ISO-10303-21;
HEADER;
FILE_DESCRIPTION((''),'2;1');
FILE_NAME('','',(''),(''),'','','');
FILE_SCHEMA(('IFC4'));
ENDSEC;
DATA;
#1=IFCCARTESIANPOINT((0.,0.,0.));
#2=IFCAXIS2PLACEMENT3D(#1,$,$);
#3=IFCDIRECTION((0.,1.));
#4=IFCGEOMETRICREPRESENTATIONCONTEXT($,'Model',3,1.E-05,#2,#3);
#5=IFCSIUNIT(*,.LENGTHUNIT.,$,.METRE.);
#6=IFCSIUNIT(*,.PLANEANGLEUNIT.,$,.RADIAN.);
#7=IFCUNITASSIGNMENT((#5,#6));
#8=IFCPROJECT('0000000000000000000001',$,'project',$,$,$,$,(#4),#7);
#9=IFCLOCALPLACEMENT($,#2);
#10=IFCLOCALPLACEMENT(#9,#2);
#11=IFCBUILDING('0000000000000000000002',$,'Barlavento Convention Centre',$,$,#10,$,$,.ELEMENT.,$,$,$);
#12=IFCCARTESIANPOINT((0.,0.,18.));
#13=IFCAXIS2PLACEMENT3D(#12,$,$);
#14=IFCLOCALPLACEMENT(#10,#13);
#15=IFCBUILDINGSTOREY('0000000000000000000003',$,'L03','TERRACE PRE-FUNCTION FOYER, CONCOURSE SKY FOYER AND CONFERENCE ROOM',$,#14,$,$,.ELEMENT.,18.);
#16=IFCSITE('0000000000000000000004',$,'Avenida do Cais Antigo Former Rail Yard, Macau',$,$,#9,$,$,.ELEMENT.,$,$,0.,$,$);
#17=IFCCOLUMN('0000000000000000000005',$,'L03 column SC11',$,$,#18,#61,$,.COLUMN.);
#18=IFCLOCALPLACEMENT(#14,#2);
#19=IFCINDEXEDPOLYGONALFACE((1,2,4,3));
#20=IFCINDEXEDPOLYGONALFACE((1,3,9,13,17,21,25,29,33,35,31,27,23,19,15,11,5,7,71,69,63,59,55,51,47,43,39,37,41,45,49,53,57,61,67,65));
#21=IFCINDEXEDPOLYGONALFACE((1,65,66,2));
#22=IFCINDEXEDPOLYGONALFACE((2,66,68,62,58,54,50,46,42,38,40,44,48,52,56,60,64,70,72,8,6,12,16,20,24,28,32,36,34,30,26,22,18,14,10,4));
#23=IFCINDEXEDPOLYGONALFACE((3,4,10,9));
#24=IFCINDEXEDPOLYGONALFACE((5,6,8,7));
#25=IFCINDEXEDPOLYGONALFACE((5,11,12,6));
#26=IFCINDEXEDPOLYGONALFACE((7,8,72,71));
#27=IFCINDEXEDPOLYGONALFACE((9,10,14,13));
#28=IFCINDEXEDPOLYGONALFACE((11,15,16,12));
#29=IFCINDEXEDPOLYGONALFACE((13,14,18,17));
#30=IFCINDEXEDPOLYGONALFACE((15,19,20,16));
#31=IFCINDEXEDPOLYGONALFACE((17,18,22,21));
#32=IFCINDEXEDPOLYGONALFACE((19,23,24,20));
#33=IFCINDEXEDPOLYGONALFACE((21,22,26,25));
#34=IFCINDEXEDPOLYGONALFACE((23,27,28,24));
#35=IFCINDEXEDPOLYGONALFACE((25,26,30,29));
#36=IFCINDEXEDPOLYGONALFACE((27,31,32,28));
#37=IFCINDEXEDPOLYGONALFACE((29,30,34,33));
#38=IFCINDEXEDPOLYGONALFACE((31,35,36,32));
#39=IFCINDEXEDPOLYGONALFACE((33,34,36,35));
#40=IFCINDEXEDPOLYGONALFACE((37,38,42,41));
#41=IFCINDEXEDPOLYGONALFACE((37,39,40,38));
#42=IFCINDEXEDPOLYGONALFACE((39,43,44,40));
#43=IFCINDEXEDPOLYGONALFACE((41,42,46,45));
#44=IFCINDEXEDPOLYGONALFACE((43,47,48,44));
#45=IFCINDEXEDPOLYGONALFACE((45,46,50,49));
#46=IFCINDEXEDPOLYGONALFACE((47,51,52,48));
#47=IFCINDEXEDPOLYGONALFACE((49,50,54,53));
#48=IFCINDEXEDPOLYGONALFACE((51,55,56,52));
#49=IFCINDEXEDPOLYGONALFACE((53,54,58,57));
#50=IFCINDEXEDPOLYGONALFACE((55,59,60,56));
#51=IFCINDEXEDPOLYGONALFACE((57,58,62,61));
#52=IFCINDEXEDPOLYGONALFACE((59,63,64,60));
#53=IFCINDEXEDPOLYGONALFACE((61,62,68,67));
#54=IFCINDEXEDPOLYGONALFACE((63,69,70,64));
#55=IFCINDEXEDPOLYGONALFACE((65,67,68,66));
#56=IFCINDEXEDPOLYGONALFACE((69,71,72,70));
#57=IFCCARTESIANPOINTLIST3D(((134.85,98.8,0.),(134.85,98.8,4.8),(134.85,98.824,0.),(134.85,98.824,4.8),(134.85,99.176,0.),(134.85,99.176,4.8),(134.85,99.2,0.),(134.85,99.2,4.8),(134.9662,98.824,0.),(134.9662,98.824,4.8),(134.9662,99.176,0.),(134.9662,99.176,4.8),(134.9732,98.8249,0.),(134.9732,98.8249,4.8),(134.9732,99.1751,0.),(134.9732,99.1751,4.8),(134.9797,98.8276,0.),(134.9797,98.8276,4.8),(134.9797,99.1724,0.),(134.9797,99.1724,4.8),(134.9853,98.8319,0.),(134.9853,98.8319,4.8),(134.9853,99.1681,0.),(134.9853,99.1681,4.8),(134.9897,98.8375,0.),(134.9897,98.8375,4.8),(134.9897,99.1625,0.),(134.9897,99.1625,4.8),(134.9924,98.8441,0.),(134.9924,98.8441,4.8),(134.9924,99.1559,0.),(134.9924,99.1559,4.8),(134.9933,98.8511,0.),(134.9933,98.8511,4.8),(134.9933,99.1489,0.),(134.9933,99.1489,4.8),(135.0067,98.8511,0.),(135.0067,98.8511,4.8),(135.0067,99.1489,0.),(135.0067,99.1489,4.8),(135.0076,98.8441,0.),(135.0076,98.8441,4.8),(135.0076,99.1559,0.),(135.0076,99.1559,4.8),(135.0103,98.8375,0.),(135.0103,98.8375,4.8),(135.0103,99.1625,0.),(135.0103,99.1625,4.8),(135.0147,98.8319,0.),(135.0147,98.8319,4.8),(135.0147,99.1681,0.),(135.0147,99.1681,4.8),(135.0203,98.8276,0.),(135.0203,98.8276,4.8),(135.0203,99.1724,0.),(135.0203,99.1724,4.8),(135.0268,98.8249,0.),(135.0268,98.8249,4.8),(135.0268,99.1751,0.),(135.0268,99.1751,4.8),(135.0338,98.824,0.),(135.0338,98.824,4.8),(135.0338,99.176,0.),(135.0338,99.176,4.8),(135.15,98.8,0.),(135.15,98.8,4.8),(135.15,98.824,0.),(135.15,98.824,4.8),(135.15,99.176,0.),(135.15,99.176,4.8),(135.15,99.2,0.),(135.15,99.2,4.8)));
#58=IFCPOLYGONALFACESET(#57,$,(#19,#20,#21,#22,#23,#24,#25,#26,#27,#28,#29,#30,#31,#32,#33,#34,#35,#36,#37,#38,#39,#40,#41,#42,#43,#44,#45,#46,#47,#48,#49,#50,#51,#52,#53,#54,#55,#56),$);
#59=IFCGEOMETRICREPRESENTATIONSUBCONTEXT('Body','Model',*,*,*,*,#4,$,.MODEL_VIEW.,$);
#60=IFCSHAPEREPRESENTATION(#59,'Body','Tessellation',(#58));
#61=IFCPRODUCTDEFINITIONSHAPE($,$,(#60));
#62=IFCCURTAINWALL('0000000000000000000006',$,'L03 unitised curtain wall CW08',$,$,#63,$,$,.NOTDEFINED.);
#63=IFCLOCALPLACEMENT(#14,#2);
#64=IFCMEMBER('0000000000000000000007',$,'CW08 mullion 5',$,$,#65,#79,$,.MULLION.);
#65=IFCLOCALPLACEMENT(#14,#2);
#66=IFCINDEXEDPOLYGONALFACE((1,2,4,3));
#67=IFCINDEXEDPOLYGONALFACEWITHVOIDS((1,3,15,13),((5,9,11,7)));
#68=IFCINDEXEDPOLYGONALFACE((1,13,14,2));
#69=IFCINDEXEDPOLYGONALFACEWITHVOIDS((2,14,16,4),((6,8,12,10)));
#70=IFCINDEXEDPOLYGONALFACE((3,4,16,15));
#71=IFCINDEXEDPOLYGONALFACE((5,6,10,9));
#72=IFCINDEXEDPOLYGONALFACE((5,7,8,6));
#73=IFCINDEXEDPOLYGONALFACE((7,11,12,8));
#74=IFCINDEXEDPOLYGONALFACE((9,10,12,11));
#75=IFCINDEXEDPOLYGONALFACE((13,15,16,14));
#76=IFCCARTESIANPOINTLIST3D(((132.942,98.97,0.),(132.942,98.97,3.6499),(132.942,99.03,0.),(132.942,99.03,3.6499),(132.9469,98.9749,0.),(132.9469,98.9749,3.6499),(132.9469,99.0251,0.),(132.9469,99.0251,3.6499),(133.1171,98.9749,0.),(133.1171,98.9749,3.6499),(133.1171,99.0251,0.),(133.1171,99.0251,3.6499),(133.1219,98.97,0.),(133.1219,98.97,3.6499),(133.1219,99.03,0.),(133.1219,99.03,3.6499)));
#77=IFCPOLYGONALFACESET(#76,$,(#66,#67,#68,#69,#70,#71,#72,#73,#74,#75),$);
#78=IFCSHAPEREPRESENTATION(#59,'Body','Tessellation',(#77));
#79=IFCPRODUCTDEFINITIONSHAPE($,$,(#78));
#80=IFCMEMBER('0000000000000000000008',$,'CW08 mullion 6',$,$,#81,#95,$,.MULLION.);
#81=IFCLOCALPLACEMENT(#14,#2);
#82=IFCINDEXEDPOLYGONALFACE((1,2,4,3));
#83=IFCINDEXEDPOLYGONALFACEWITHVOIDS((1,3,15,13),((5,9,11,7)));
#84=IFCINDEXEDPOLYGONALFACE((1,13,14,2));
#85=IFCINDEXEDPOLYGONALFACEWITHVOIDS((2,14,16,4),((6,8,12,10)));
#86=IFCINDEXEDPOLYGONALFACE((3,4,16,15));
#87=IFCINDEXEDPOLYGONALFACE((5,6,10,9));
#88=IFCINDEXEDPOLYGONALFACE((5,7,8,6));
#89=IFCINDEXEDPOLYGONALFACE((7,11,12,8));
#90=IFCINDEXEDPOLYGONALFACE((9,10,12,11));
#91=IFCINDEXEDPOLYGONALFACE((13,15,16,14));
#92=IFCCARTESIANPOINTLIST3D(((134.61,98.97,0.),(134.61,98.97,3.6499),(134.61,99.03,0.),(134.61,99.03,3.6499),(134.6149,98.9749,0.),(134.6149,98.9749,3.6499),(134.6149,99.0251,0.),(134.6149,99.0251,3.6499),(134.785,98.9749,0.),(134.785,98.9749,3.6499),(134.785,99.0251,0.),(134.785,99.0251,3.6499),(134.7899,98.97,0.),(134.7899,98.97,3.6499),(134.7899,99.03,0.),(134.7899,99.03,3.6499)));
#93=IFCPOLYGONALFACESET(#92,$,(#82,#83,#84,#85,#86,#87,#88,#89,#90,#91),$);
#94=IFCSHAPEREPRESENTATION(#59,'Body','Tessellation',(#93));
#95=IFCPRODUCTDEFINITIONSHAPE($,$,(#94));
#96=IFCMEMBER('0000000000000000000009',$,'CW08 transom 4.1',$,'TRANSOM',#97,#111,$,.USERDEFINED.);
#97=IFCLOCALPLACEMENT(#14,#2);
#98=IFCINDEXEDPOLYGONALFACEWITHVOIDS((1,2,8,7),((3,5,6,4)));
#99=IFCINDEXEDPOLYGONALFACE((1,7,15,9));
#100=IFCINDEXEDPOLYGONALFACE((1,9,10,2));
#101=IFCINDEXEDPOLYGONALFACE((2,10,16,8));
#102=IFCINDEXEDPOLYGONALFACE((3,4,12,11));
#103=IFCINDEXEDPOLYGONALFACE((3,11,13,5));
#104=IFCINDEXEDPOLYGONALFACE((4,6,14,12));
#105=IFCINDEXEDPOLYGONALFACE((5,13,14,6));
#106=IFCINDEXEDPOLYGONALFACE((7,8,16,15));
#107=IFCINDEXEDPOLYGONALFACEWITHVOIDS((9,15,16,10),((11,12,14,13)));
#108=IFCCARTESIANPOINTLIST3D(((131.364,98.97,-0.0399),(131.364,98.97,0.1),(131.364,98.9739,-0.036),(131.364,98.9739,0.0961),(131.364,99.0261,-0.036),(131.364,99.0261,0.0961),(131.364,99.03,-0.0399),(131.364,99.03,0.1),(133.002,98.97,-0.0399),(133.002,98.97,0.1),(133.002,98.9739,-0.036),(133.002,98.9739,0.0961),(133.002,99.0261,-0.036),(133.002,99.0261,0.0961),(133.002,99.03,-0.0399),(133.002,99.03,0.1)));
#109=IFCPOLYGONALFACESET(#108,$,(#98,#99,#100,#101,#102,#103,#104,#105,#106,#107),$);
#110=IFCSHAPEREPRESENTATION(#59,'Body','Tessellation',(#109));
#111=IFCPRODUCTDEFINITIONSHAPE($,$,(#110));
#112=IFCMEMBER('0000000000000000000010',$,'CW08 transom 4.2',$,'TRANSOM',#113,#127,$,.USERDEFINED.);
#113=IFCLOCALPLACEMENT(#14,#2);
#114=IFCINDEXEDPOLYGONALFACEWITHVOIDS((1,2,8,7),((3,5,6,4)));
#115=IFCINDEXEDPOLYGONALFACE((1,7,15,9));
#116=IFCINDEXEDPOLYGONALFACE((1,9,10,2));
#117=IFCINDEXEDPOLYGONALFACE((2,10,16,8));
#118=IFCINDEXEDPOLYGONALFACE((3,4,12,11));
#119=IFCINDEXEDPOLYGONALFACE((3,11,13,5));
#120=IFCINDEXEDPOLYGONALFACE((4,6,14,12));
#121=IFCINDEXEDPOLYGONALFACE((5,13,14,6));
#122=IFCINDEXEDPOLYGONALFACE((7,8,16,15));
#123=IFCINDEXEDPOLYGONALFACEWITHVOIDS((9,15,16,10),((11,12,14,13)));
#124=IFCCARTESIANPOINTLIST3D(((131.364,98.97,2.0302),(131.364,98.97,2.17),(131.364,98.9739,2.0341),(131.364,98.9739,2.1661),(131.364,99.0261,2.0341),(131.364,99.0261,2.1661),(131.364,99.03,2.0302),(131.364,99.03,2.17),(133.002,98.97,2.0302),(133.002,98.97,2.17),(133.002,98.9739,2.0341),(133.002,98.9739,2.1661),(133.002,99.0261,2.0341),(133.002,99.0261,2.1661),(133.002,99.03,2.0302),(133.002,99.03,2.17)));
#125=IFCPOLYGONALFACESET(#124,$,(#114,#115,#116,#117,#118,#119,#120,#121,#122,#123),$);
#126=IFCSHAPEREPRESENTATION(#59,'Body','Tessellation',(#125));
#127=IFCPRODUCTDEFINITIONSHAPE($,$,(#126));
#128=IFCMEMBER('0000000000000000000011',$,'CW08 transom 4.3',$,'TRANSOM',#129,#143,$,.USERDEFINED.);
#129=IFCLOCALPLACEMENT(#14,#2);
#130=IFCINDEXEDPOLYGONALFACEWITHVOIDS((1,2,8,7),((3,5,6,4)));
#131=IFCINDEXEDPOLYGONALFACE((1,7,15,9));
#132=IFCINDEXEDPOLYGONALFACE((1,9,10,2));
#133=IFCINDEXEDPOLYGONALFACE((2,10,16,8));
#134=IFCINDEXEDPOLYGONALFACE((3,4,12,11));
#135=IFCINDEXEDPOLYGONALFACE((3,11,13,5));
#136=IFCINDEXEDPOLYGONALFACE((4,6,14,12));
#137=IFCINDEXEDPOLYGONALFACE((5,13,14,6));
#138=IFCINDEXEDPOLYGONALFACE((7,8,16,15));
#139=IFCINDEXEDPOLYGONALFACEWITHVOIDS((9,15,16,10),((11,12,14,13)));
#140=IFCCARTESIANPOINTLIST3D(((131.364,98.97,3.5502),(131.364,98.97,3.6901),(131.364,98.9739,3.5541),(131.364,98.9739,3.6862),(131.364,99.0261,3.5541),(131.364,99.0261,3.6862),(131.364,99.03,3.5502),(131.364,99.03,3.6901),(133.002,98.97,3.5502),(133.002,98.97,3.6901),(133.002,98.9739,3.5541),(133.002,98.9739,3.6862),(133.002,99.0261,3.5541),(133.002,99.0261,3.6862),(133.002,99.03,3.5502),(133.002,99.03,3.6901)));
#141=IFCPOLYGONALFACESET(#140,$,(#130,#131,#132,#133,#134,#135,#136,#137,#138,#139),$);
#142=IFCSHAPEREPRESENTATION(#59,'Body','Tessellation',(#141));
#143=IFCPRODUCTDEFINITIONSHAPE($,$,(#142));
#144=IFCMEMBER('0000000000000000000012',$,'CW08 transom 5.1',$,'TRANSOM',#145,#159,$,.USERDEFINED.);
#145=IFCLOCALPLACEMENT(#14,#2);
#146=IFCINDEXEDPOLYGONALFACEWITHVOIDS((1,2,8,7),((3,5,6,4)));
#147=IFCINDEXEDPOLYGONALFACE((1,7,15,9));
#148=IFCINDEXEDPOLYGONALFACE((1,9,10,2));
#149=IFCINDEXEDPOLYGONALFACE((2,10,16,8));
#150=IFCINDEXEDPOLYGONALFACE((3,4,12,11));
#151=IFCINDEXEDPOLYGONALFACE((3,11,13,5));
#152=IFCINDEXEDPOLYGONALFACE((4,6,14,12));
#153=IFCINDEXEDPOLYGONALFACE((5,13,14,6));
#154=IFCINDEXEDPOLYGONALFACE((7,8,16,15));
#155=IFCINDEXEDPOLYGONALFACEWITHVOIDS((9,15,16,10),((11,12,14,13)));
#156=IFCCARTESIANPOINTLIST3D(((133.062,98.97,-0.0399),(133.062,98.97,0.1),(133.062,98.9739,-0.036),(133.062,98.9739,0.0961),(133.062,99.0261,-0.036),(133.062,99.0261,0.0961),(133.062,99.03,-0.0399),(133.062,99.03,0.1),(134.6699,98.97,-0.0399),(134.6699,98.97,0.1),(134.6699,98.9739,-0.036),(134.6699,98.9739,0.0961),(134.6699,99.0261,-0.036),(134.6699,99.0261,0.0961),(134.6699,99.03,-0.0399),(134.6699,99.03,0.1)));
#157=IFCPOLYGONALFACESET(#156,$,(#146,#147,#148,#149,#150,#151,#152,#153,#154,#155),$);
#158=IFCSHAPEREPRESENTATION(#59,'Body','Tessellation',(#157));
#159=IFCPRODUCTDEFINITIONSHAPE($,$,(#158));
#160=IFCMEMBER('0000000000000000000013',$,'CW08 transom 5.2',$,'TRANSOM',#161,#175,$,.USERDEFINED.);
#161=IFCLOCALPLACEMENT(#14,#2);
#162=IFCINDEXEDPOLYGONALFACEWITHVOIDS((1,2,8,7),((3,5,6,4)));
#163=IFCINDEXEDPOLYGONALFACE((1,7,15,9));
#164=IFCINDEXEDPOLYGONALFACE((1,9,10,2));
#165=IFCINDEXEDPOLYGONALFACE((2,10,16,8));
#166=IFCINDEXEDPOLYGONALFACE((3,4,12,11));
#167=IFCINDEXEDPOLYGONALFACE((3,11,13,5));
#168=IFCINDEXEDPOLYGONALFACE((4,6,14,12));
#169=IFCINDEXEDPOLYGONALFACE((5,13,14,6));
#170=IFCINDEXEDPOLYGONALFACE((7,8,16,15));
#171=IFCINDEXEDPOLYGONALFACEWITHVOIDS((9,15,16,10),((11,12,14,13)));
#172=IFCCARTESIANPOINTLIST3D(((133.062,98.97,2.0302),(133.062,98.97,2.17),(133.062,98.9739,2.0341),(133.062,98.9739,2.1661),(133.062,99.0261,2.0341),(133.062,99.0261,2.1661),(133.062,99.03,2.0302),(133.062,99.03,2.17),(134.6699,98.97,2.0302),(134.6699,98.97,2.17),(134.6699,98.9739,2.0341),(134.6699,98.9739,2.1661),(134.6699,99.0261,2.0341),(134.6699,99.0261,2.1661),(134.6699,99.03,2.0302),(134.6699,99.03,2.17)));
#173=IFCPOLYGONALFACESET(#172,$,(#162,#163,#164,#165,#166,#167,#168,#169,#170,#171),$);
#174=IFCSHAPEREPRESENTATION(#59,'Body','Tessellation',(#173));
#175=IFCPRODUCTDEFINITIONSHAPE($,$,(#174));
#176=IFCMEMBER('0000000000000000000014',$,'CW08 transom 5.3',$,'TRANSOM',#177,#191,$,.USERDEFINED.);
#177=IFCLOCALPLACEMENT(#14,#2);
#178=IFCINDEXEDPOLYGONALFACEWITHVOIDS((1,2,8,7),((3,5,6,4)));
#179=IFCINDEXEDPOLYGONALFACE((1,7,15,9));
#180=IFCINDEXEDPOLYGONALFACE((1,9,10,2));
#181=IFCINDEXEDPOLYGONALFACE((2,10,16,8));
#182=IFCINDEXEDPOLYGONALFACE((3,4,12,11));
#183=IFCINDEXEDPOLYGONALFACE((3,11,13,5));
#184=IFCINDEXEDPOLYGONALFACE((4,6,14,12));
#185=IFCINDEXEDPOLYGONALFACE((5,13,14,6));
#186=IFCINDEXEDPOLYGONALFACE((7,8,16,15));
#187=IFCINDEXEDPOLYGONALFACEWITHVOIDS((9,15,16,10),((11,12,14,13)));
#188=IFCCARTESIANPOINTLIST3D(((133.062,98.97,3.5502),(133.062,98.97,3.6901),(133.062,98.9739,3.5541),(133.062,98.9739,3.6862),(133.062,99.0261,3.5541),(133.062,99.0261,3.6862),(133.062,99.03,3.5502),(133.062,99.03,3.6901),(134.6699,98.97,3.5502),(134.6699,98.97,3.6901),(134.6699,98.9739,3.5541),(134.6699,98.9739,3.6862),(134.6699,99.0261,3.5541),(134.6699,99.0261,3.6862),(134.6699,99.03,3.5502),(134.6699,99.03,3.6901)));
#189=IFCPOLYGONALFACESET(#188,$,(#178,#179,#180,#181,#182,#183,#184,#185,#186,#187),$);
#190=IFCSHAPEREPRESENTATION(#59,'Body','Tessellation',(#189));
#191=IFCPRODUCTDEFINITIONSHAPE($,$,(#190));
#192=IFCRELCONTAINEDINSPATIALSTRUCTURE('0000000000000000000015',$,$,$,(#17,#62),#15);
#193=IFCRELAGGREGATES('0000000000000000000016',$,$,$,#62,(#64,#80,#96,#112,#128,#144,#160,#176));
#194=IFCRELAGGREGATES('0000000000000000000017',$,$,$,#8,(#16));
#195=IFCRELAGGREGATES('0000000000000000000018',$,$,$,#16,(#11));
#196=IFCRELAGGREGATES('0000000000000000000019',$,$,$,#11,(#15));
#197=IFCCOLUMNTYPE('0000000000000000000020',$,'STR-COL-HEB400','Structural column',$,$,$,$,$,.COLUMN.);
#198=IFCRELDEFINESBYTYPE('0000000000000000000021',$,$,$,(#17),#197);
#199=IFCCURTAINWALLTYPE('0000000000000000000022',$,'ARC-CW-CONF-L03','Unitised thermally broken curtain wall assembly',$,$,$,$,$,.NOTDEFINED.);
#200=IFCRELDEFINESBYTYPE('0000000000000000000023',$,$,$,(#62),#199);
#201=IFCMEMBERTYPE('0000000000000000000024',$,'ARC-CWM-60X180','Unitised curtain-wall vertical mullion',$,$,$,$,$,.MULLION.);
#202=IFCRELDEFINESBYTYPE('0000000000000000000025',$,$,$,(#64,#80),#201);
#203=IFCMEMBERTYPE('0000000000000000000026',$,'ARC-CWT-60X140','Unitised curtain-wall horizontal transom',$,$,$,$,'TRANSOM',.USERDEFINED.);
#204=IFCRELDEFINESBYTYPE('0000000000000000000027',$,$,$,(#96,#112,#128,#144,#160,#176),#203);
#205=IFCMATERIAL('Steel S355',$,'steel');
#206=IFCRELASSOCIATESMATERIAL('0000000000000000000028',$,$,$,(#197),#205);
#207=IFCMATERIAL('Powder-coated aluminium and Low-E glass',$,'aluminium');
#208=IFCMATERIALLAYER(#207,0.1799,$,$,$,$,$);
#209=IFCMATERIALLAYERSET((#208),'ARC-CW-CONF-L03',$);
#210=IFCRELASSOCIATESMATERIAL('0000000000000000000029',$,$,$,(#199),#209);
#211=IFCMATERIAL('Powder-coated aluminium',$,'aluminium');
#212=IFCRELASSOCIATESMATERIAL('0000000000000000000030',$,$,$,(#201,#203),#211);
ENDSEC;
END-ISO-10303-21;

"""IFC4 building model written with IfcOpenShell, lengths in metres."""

from ifc_helpers import new_model, si_unit, direction, frame, origin, origin_2d, place, context, subcontext, project, spatial, hollow_rectangle, i_section, extrude, material, layer, layer_set, material_profile, profile_set, type_object, element, aggregate, save


model = new_model("IFC4")

# Units and contexts
model_context = context("Model", 3, precision=1e-05, world=origin(), true_north=direction((0.0, 1.0)))
body_context = subcontext(model_context, "Body", "Model", "MODEL_VIEW")
ifc_project = project(units=[si_unit("LENGTHUNIT", "METRE"), si_unit("PLANEANGLEUNIT", "RADIAN")], contexts=[model_context])

# Site, building, storey
site_placement = place(None, origin())
site = spatial("IfcSite", under=ifc_project, at=site_placement, Name="Avenida do Cais Antigo Former Rail Yard, Macau", CompositionType="ELEMENT", RefElevation=0.0)
building_placement = place(site_placement, origin())
building = spatial("IfcBuilding", under=site, at=building_placement, Name="Barlavento Convention Centre", CompositionType="ELEMENT")
storey_placement = place(building_placement, frame((0.0, 0.0, 18.0)))
storey = spatial("IfcBuildingStorey", under=building, at=storey_placement, Name="L03", Description="TERRACE PRE-FUNCTION FOYER, CONCOURSE SKY FOYER AND CONFERENCE ROOM", CompositionType="ELEMENT", Elevation=18.0)

# Column
ifc_material_1 = material(Name="Steel S355", Category="steel")
ifc_material_profile_1 = material_profile(ifc_material_1, i_section(OverallWidth=0.3, OverallDepth=0.3999, WebThickness=0.0134, FlangeThickness=0.0239, FilletRadius=0.0271, at=origin_2d()), Name="HEB 400")
ifc_profile_set_1 = profile_set([ifc_material_profile_1], Name="Steel S355")
column_type = type_object("IfcColumnType", Name="STR-COL-HEB400", Description="Structural column", PredefinedType="COLUMN", material=ifc_profile_set_1)
column_placement = place(storey_placement, frame((135.0, 99.0, 0.0), z_axis=(0.0, 0.0, 1.0), x_axis=(1.0, 0.0, 0.0)))
element("IfcColumn", 1, at=column_placement, inside=storey, type_object=column_type, Name="L03 column SC11", PredefinedType="COLUMN", context=body_context, shape_type="SweptSolid", body=[
    extrude(i_section(OverallWidth=0.3, OverallDepth=0.3999, WebThickness=0.0134, FlangeThickness=0.0239, FilletRadius=0.0271, at=origin_2d()), origin(), (0.0, 0.0, 1.0), 4.8),
])

# Curtain wall, members
ifc_material_2 = material(Name="Powder-coated aluminium and Low-E glass", Category="aluminium")
ifc_layer_1 = layer(ifc_material_2, 0.1799)
ifc_layer_set_1 = layer_set([ifc_layer_1], Name="ARC-CW-CONF-L03")
curtain_wall_type = type_object("IfcCurtainWallType", Name="ARC-CW-CONF-L03", Description="Unitised thermally broken curtain wall assembly", PredefinedType="NOTDEFINED", material=ifc_layer_set_1)
curtain_wall_placement = place(storey_placement, origin())
curtain_wall = element("IfcCurtainWall", 2, at=curtain_wall_placement, inside=storey, type_object=curtain_wall_type, Name="L03 unitised curtain wall CW08", PredefinedType="NOTDEFINED")
ifc_material_3 = material(Name="Powder-coated aluminium", Category="aluminium")
ifc_material_profile_2 = material_profile(ifc_material_3, hollow_rectangle(XDim=0.0601, YDim=0.1799, WallThickness=0.0049, at=origin_2d()), Name="AL-MULL 60x180x5")
ifc_profile_set_2 = profile_set([ifc_material_profile_2], Name="Powder-coated aluminium")
member_type_1 = type_object("IfcMemberType", Name="ARC-CWM-60X180", Description="Unitised curtain-wall vertical mullion", PredefinedType="MULLION", material=ifc_profile_set_2)
member_1_placement = place(storey_placement, frame((133.032, 99.0, 0.0), z_axis=(0.0, 0.0, 1.0), x_axis=(0.0, 1.0, 0.0)))
member_1 = element("IfcMember", 3, at=member_1_placement, type_object=member_type_1, Name="CW08 mullion 5", PredefinedType="MULLION", context=body_context, shape_type="SweptSolid", body=[
    extrude(hollow_rectangle(XDim=0.0601, YDim=0.1799, WallThickness=0.0049, at=origin_2d()), origin(), (0.0, 0.0, 1.0), 3.6499),
])
member_2_placement = place(storey_placement, frame((134.7, 99.0, 0.0), z_axis=(0.0, 0.0, 1.0), x_axis=(0.0, 1.0, 0.0)))
member_2 = element("IfcMember", 4, at=member_2_placement, type_object=member_type_1, Name="CW08 mullion 6", PredefinedType="MULLION", context=body_context, shape_type="SweptSolid", body=[
    extrude(hollow_rectangle(XDim=0.0601, YDim=0.1799, WallThickness=0.0049, at=origin_2d()), origin(), (0.0, 0.0, 1.0), 3.6499),
])
ifc_material_profile_3 = material_profile(ifc_material_3, hollow_rectangle(XDim=0.0601, YDim=0.1399, WallThickness=0.0039, at=origin_2d()), Name="AL-TRAN 60x140x4")
ifc_profile_set_3 = profile_set([ifc_material_profile_3], Name="Powder-coated aluminium")
member_type_2 = type_object("IfcMemberType", Name="ARC-CWT-60X140", Description="Unitised curtain-wall horizontal transom", ElementType="TRANSOM", PredefinedType="USERDEFINED", material=ifc_profile_set_3)
member_3_placement = place(storey_placement, frame((131.364, 99.0, 0.03), z_axis=(1.0, 0.0, 0.0), x_axis=(0.0, 1.0, 0.0)))
member_3 = element("IfcMember", 5, at=member_3_placement, type_object=member_type_2, Name="CW08 transom 4.1", ObjectType="TRANSOM", PredefinedType="USERDEFINED", context=body_context, shape_type="SweptSolid", body=[
    extrude(hollow_rectangle(XDim=0.0601, YDim=0.1399, WallThickness=0.0039, at=origin_2d()), origin(), (0.0, 0.0, 1.0), 1.6379),
])
member_4_placement = place(storey_placement, frame((131.364, 99.0, 2.1001), z_axis=(1.0, 0.0, 0.0), x_axis=(0.0, 1.0, 0.0)))
member_4 = element("IfcMember", 6, at=member_4_placement, type_object=member_type_2, Name="CW08 transom 4.2", ObjectType="TRANSOM", PredefinedType="USERDEFINED", context=body_context, shape_type="SweptSolid", body=[
    extrude(hollow_rectangle(XDim=0.0601, YDim=0.1399, WallThickness=0.0039, at=origin_2d()), origin(), (0.0, 0.0, 1.0), 1.6379),
])
member_5_placement = place(storey_placement, frame((131.364, 99.0, 3.6201), z_axis=(1.0, 0.0, 0.0), x_axis=(0.0, 1.0, 0.0)))
member_5 = element("IfcMember", 7, at=member_5_placement, type_object=member_type_2, Name="CW08 transom 4.3", ObjectType="TRANSOM", PredefinedType="USERDEFINED", context=body_context, shape_type="SweptSolid", body=[
    extrude(hollow_rectangle(XDim=0.0601, YDim=0.1399, WallThickness=0.0039, at=origin_2d()), origin(), (0.0, 0.0, 1.0), 1.6379),
])
member_6_placement = place(storey_placement, frame((133.062, 99.0, 0.03), z_axis=(1.0, 0.0, 0.0), x_axis=(0.0, 1.0, 0.0)))
member_6 = element("IfcMember", 8, at=member_6_placement, type_object=member_type_2, Name="CW08 transom 5.1", ObjectType="TRANSOM", PredefinedType="USERDEFINED", context=body_context, shape_type="SweptSolid", body=[
    extrude(hollow_rectangle(XDim=0.0601, YDim=0.1399, WallThickness=0.0039, at=origin_2d()), origin(), (0.0, 0.0, 1.0), 1.6079),
])
member_7_placement = place(storey_placement, frame((133.062, 99.0, 2.1001), z_axis=(1.0, 0.0, 0.0), x_axis=(0.0, 1.0, 0.0)))
member_7 = element("IfcMember", 9, at=member_7_placement, type_object=member_type_2, Name="CW08 transom 5.2", ObjectType="TRANSOM", PredefinedType="USERDEFINED", context=body_context, shape_type="SweptSolid", body=[
    extrude(hollow_rectangle(XDim=0.0601, YDim=0.1399, WallThickness=0.0039, at=origin_2d()), origin(), (0.0, 0.0, 1.0), 1.6079),
])
member_8_placement = place(storey_placement, frame((133.062, 99.0, 3.6201), z_axis=(1.0, 0.0, 0.0), x_axis=(0.0, 1.0, 0.0)))
member_8 = element("IfcMember", 10, at=member_8_placement, type_object=member_type_2, Name="CW08 transom 5.3", ObjectType="TRANSOM", PredefinedType="USERDEFINED", context=body_context, shape_type="SweptSolid", body=[
    extrude(hollow_rectangle(XDim=0.0601, YDim=0.1399, WallThickness=0.0039, at=origin_2d()), origin(), (0.0, 0.0, 1.0), 1.6079),
])

aggregate(curtain_wall, [member_1, member_2, member_3, member_4, member_5, member_6, member_7, member_8])

save(model, "model.ifc")
